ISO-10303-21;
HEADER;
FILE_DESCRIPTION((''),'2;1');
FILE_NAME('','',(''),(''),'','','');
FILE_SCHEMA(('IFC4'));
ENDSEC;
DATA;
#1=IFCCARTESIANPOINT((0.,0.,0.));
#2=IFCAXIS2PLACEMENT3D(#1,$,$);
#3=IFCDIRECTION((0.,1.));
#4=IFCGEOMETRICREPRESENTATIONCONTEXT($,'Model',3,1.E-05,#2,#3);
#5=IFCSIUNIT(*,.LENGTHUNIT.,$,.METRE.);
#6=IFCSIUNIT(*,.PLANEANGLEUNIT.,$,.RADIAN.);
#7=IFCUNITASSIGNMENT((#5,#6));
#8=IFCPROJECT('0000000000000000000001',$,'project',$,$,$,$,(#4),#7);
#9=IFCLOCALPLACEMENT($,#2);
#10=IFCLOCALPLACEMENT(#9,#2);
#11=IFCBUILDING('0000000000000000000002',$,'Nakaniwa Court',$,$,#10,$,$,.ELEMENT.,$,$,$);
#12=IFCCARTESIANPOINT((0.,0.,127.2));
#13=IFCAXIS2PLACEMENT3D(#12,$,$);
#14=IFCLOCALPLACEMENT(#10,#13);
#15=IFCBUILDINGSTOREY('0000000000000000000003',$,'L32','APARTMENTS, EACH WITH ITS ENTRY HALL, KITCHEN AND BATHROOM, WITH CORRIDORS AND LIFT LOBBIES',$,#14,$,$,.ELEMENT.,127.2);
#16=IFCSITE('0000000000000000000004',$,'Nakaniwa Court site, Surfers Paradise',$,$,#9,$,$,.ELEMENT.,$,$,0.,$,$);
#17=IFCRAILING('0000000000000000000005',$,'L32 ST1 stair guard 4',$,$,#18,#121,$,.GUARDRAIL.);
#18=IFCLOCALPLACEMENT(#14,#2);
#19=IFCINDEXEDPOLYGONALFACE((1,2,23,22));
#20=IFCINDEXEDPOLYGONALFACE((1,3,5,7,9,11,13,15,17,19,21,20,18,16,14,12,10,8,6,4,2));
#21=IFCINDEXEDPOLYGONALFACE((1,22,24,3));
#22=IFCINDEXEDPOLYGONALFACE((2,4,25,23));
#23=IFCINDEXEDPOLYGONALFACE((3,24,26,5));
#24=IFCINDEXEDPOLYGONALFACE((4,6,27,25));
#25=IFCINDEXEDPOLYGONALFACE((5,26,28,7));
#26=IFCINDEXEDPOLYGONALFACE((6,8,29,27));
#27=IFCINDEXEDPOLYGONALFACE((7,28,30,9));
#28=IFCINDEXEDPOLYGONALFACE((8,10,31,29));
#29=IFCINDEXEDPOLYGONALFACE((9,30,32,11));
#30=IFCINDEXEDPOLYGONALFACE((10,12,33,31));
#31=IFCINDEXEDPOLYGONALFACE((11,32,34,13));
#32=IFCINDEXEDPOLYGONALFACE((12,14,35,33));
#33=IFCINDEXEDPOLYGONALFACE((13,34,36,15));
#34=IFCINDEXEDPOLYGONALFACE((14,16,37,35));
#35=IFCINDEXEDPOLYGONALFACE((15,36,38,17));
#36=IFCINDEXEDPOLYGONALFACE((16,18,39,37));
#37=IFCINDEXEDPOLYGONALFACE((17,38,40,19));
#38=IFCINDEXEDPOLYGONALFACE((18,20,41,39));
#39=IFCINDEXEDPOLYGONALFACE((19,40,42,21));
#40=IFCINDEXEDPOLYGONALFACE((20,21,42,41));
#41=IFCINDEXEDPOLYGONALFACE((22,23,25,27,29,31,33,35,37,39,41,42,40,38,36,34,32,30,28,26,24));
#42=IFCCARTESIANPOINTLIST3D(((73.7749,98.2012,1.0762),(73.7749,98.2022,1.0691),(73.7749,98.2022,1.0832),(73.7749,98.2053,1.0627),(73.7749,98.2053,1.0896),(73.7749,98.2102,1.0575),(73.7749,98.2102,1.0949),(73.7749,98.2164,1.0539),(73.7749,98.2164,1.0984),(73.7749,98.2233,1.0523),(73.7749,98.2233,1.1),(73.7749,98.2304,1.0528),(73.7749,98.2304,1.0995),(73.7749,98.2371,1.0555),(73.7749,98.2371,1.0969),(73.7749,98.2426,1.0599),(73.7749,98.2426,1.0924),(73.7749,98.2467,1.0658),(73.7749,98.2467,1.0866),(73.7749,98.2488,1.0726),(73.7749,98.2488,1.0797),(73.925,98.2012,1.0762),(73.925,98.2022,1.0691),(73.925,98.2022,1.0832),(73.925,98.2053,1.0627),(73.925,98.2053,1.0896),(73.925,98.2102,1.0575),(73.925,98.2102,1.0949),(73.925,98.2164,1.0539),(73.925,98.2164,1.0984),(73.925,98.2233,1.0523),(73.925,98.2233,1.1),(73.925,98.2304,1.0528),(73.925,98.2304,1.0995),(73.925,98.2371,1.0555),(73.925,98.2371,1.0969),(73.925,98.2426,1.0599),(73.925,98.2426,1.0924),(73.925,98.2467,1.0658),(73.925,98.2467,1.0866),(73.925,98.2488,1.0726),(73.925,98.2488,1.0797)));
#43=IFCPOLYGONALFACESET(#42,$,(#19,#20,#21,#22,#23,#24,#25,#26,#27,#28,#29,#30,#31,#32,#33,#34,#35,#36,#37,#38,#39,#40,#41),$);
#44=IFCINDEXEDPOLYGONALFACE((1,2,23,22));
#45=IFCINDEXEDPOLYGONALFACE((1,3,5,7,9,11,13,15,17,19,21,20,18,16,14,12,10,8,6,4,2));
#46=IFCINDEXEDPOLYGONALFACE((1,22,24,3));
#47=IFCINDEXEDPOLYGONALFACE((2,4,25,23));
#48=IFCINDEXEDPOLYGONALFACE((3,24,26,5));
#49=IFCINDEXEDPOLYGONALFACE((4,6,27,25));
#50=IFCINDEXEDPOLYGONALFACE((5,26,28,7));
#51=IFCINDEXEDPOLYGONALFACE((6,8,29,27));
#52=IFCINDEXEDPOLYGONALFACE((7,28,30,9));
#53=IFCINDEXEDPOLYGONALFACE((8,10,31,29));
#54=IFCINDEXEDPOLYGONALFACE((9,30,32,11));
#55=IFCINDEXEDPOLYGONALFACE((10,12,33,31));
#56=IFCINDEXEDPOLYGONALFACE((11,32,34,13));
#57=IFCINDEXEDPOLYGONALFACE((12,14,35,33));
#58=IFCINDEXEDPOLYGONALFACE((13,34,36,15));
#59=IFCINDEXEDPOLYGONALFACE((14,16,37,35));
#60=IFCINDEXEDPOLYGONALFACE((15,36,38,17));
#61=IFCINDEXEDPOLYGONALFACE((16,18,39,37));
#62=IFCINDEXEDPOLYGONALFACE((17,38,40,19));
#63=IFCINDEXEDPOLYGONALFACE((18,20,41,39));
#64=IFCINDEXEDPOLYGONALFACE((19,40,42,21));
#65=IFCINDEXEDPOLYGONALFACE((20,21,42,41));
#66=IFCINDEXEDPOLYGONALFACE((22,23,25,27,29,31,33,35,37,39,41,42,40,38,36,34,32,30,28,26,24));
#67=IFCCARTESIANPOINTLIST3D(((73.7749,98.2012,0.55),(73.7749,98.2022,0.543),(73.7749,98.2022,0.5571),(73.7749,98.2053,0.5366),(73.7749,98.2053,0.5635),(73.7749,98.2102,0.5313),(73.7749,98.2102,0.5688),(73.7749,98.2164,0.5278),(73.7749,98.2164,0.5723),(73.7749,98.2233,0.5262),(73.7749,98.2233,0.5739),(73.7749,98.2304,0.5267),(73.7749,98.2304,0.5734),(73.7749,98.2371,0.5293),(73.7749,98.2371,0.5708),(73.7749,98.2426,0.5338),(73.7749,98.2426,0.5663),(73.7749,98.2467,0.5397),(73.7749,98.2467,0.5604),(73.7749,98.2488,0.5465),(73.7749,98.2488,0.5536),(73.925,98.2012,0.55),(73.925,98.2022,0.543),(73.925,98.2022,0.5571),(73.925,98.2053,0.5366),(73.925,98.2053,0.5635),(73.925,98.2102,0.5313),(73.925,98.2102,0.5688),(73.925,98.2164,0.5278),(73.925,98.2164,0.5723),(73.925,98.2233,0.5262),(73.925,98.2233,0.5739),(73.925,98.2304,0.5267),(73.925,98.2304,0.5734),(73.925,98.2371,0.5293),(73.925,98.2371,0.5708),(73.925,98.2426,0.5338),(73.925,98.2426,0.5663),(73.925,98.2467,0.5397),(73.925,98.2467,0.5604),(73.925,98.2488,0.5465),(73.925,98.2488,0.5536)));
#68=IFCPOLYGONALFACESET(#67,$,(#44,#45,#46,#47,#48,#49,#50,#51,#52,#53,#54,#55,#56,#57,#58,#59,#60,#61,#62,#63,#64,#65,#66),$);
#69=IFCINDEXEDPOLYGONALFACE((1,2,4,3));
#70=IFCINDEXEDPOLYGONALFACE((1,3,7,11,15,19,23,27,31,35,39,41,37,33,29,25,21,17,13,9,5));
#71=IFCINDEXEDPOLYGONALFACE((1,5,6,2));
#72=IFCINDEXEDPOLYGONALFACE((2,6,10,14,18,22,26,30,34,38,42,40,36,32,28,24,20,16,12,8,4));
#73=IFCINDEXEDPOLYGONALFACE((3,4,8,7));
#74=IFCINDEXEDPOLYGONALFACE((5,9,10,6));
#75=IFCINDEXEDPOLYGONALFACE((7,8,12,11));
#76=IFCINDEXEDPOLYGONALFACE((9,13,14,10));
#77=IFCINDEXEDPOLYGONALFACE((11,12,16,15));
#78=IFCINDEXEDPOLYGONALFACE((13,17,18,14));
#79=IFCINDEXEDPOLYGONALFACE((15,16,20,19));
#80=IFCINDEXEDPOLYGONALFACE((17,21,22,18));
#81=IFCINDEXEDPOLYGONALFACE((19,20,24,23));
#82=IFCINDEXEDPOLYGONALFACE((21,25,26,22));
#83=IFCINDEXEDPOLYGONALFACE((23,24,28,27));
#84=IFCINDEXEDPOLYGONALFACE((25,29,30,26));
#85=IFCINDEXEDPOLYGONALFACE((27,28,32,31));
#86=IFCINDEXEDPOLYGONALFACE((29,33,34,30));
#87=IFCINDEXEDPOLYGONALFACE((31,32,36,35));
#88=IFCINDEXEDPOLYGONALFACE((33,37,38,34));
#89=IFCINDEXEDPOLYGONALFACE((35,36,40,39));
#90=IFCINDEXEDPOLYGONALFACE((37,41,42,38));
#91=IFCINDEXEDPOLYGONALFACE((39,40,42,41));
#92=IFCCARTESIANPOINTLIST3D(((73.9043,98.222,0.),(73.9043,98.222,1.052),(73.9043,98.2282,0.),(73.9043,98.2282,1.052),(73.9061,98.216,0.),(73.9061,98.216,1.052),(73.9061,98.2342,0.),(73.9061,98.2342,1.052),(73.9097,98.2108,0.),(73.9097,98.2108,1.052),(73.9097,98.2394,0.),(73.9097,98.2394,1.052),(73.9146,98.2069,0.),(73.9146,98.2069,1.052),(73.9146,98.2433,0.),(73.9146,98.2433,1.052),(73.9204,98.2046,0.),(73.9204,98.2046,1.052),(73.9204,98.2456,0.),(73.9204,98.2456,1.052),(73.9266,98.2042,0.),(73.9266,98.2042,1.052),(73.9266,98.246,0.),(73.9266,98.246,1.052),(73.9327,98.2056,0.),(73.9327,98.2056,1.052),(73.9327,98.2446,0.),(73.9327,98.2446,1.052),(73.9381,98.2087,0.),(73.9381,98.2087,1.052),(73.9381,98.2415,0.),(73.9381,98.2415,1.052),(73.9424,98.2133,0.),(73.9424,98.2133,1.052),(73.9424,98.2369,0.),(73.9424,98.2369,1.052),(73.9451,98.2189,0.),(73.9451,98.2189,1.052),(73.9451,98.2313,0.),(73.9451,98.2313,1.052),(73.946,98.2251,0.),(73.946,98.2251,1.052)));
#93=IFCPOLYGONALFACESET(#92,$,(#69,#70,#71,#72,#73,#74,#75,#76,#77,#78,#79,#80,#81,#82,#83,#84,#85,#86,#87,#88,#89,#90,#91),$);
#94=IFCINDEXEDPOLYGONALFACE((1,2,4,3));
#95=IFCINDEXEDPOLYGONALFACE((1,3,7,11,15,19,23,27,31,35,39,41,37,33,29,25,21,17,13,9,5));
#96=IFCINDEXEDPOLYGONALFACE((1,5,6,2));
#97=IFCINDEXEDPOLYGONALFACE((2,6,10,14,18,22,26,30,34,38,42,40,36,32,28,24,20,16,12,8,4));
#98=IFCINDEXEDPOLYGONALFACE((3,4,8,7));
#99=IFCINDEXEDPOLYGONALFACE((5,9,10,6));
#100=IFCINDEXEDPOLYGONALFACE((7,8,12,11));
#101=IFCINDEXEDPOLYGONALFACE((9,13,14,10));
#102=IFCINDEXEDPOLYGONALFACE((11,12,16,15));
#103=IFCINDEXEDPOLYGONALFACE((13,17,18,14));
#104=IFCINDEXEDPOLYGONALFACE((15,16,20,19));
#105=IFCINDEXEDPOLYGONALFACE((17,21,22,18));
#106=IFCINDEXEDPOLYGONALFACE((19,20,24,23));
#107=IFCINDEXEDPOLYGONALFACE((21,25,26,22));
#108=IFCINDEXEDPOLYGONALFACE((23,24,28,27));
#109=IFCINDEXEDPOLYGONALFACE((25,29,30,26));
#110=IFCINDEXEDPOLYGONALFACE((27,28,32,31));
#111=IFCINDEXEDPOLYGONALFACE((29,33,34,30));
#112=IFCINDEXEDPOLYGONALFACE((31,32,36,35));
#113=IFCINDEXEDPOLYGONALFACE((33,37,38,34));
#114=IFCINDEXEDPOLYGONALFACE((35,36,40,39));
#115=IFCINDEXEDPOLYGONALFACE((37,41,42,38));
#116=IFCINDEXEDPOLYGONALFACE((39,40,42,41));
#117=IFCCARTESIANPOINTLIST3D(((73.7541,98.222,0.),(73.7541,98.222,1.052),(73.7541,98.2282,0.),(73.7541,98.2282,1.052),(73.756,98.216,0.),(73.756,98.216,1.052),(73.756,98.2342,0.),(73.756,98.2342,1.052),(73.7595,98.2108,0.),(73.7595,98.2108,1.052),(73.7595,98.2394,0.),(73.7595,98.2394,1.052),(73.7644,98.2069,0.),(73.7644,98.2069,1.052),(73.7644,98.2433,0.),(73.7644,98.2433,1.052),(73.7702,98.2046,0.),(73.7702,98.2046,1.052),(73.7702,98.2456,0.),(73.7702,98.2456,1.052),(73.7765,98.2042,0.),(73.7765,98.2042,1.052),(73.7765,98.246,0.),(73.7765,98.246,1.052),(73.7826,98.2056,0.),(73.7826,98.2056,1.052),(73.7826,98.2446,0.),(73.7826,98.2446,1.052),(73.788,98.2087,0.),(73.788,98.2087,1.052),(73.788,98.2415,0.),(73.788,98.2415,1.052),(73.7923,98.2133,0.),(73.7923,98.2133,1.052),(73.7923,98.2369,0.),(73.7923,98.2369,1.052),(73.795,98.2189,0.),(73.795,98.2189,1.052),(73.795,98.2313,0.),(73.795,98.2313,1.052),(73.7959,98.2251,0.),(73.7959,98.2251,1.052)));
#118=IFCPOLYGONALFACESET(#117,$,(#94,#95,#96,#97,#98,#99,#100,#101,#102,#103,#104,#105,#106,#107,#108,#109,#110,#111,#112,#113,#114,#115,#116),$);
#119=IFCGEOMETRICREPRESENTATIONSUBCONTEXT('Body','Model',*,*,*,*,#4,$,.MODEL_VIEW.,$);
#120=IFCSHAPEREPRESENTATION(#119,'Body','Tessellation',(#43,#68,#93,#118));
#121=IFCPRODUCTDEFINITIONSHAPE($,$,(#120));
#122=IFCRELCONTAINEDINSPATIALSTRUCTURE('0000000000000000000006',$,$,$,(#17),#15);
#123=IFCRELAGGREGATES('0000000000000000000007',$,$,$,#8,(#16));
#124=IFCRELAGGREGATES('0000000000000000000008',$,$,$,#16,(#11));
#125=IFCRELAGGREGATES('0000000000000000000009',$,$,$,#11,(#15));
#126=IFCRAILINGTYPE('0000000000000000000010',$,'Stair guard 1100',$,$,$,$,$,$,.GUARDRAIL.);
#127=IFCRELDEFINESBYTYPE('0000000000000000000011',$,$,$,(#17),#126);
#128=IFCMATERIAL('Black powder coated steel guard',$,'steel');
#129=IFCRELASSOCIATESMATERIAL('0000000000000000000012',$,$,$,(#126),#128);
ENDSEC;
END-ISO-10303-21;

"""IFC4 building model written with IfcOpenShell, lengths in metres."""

from ifc_helpers import new_model, si_unit, direction, frame, origin, origin_2d, place, context, subcontext, project, spatial, circle, extrude, material, type_object, element, save


model = new_model("IFC4")

# Units and contexts
model_context = context("Model", 3, precision=1e-05, world=origin(), true_north=direction((0.0, 1.0)))
body_context = subcontext(model_context, "Body", "Model", "MODEL_VIEW")
ifc_project = project(units=[si_unit("LENGTHUNIT", "METRE"), si_unit("PLANEANGLEUNIT", "RADIAN")], contexts=[model_context])

# Site, building, storey
site_placement = place(None, origin())
site = spatial("IfcSite", under=ifc_project, at=site_placement, Name="Nakaniwa Court site, Surfers Paradise", CompositionType="ELEMENT", RefElevation=0.0)
building_placement = place(site_placement, origin())
building = spatial("IfcBuilding", under=site, at=building_placement, Name="Nakaniwa Court", CompositionType="ELEMENT")
storey_placement = place(building_placement, frame((0.0, 0.0, 127.2)))
storey = spatial("IfcBuildingStorey", under=building, at=storey_placement, Name="L32", Description="APARTMENTS, EACH WITH ITS ENTRY HALL, KITCHEN AND BATHROOM, WITH CORRIDORS AND LIFT LOBBIES", CompositionType="ELEMENT", Elevation=127.2)

# Railing
ifc_material_1 = material(Name="Black powder coated steel guard", Category="steel")
railing_type_1 = type_object("IfcRailingType", Name="Stair guard 1100", PredefinedType="GUARDRAIL", material=ifc_material_1)
railing_1_placement = place(storey_placement, frame((73.925, 98.2251, 0.0)))
element("IfcRailing", 1, at=railing_1_placement, inside=storey, type_object=railing_type_1, Name="L32 ST1 stair guard 4", PredefinedType="GUARDRAIL", context=body_context, shape_type="SweptSolid", body=[
    extrude(circle(Radius=0.0239, at=origin_2d()), frame((0.0, 0.0, 1.0762), z_axis=(-1.0, 0.0, 0.0), x_axis=(0.0, -1.0, 0.0)), (0.0, 0.0, 1.0), 0.1501),
    extrude(circle(Radius=0.0239, at=origin_2d()), frame((0.0, 0.0, 0.55), z_axis=(-1.0, 0.0, 0.0), x_axis=(0.0, -1.0, 0.0)), (0.0, 0.0, 1.0), 0.1501),
    extrude(circle(Radius=0.021, at=origin_2d()), origin(), (0.0, 0.0, 1.0), 1.052),
    extrude(circle(Radius=0.021, at=origin_2d()), frame((-0.1501, 0.0, 0.0)), (0.0, 0.0, 1.0), 1.052),
])

save(model, "model.ifc")
